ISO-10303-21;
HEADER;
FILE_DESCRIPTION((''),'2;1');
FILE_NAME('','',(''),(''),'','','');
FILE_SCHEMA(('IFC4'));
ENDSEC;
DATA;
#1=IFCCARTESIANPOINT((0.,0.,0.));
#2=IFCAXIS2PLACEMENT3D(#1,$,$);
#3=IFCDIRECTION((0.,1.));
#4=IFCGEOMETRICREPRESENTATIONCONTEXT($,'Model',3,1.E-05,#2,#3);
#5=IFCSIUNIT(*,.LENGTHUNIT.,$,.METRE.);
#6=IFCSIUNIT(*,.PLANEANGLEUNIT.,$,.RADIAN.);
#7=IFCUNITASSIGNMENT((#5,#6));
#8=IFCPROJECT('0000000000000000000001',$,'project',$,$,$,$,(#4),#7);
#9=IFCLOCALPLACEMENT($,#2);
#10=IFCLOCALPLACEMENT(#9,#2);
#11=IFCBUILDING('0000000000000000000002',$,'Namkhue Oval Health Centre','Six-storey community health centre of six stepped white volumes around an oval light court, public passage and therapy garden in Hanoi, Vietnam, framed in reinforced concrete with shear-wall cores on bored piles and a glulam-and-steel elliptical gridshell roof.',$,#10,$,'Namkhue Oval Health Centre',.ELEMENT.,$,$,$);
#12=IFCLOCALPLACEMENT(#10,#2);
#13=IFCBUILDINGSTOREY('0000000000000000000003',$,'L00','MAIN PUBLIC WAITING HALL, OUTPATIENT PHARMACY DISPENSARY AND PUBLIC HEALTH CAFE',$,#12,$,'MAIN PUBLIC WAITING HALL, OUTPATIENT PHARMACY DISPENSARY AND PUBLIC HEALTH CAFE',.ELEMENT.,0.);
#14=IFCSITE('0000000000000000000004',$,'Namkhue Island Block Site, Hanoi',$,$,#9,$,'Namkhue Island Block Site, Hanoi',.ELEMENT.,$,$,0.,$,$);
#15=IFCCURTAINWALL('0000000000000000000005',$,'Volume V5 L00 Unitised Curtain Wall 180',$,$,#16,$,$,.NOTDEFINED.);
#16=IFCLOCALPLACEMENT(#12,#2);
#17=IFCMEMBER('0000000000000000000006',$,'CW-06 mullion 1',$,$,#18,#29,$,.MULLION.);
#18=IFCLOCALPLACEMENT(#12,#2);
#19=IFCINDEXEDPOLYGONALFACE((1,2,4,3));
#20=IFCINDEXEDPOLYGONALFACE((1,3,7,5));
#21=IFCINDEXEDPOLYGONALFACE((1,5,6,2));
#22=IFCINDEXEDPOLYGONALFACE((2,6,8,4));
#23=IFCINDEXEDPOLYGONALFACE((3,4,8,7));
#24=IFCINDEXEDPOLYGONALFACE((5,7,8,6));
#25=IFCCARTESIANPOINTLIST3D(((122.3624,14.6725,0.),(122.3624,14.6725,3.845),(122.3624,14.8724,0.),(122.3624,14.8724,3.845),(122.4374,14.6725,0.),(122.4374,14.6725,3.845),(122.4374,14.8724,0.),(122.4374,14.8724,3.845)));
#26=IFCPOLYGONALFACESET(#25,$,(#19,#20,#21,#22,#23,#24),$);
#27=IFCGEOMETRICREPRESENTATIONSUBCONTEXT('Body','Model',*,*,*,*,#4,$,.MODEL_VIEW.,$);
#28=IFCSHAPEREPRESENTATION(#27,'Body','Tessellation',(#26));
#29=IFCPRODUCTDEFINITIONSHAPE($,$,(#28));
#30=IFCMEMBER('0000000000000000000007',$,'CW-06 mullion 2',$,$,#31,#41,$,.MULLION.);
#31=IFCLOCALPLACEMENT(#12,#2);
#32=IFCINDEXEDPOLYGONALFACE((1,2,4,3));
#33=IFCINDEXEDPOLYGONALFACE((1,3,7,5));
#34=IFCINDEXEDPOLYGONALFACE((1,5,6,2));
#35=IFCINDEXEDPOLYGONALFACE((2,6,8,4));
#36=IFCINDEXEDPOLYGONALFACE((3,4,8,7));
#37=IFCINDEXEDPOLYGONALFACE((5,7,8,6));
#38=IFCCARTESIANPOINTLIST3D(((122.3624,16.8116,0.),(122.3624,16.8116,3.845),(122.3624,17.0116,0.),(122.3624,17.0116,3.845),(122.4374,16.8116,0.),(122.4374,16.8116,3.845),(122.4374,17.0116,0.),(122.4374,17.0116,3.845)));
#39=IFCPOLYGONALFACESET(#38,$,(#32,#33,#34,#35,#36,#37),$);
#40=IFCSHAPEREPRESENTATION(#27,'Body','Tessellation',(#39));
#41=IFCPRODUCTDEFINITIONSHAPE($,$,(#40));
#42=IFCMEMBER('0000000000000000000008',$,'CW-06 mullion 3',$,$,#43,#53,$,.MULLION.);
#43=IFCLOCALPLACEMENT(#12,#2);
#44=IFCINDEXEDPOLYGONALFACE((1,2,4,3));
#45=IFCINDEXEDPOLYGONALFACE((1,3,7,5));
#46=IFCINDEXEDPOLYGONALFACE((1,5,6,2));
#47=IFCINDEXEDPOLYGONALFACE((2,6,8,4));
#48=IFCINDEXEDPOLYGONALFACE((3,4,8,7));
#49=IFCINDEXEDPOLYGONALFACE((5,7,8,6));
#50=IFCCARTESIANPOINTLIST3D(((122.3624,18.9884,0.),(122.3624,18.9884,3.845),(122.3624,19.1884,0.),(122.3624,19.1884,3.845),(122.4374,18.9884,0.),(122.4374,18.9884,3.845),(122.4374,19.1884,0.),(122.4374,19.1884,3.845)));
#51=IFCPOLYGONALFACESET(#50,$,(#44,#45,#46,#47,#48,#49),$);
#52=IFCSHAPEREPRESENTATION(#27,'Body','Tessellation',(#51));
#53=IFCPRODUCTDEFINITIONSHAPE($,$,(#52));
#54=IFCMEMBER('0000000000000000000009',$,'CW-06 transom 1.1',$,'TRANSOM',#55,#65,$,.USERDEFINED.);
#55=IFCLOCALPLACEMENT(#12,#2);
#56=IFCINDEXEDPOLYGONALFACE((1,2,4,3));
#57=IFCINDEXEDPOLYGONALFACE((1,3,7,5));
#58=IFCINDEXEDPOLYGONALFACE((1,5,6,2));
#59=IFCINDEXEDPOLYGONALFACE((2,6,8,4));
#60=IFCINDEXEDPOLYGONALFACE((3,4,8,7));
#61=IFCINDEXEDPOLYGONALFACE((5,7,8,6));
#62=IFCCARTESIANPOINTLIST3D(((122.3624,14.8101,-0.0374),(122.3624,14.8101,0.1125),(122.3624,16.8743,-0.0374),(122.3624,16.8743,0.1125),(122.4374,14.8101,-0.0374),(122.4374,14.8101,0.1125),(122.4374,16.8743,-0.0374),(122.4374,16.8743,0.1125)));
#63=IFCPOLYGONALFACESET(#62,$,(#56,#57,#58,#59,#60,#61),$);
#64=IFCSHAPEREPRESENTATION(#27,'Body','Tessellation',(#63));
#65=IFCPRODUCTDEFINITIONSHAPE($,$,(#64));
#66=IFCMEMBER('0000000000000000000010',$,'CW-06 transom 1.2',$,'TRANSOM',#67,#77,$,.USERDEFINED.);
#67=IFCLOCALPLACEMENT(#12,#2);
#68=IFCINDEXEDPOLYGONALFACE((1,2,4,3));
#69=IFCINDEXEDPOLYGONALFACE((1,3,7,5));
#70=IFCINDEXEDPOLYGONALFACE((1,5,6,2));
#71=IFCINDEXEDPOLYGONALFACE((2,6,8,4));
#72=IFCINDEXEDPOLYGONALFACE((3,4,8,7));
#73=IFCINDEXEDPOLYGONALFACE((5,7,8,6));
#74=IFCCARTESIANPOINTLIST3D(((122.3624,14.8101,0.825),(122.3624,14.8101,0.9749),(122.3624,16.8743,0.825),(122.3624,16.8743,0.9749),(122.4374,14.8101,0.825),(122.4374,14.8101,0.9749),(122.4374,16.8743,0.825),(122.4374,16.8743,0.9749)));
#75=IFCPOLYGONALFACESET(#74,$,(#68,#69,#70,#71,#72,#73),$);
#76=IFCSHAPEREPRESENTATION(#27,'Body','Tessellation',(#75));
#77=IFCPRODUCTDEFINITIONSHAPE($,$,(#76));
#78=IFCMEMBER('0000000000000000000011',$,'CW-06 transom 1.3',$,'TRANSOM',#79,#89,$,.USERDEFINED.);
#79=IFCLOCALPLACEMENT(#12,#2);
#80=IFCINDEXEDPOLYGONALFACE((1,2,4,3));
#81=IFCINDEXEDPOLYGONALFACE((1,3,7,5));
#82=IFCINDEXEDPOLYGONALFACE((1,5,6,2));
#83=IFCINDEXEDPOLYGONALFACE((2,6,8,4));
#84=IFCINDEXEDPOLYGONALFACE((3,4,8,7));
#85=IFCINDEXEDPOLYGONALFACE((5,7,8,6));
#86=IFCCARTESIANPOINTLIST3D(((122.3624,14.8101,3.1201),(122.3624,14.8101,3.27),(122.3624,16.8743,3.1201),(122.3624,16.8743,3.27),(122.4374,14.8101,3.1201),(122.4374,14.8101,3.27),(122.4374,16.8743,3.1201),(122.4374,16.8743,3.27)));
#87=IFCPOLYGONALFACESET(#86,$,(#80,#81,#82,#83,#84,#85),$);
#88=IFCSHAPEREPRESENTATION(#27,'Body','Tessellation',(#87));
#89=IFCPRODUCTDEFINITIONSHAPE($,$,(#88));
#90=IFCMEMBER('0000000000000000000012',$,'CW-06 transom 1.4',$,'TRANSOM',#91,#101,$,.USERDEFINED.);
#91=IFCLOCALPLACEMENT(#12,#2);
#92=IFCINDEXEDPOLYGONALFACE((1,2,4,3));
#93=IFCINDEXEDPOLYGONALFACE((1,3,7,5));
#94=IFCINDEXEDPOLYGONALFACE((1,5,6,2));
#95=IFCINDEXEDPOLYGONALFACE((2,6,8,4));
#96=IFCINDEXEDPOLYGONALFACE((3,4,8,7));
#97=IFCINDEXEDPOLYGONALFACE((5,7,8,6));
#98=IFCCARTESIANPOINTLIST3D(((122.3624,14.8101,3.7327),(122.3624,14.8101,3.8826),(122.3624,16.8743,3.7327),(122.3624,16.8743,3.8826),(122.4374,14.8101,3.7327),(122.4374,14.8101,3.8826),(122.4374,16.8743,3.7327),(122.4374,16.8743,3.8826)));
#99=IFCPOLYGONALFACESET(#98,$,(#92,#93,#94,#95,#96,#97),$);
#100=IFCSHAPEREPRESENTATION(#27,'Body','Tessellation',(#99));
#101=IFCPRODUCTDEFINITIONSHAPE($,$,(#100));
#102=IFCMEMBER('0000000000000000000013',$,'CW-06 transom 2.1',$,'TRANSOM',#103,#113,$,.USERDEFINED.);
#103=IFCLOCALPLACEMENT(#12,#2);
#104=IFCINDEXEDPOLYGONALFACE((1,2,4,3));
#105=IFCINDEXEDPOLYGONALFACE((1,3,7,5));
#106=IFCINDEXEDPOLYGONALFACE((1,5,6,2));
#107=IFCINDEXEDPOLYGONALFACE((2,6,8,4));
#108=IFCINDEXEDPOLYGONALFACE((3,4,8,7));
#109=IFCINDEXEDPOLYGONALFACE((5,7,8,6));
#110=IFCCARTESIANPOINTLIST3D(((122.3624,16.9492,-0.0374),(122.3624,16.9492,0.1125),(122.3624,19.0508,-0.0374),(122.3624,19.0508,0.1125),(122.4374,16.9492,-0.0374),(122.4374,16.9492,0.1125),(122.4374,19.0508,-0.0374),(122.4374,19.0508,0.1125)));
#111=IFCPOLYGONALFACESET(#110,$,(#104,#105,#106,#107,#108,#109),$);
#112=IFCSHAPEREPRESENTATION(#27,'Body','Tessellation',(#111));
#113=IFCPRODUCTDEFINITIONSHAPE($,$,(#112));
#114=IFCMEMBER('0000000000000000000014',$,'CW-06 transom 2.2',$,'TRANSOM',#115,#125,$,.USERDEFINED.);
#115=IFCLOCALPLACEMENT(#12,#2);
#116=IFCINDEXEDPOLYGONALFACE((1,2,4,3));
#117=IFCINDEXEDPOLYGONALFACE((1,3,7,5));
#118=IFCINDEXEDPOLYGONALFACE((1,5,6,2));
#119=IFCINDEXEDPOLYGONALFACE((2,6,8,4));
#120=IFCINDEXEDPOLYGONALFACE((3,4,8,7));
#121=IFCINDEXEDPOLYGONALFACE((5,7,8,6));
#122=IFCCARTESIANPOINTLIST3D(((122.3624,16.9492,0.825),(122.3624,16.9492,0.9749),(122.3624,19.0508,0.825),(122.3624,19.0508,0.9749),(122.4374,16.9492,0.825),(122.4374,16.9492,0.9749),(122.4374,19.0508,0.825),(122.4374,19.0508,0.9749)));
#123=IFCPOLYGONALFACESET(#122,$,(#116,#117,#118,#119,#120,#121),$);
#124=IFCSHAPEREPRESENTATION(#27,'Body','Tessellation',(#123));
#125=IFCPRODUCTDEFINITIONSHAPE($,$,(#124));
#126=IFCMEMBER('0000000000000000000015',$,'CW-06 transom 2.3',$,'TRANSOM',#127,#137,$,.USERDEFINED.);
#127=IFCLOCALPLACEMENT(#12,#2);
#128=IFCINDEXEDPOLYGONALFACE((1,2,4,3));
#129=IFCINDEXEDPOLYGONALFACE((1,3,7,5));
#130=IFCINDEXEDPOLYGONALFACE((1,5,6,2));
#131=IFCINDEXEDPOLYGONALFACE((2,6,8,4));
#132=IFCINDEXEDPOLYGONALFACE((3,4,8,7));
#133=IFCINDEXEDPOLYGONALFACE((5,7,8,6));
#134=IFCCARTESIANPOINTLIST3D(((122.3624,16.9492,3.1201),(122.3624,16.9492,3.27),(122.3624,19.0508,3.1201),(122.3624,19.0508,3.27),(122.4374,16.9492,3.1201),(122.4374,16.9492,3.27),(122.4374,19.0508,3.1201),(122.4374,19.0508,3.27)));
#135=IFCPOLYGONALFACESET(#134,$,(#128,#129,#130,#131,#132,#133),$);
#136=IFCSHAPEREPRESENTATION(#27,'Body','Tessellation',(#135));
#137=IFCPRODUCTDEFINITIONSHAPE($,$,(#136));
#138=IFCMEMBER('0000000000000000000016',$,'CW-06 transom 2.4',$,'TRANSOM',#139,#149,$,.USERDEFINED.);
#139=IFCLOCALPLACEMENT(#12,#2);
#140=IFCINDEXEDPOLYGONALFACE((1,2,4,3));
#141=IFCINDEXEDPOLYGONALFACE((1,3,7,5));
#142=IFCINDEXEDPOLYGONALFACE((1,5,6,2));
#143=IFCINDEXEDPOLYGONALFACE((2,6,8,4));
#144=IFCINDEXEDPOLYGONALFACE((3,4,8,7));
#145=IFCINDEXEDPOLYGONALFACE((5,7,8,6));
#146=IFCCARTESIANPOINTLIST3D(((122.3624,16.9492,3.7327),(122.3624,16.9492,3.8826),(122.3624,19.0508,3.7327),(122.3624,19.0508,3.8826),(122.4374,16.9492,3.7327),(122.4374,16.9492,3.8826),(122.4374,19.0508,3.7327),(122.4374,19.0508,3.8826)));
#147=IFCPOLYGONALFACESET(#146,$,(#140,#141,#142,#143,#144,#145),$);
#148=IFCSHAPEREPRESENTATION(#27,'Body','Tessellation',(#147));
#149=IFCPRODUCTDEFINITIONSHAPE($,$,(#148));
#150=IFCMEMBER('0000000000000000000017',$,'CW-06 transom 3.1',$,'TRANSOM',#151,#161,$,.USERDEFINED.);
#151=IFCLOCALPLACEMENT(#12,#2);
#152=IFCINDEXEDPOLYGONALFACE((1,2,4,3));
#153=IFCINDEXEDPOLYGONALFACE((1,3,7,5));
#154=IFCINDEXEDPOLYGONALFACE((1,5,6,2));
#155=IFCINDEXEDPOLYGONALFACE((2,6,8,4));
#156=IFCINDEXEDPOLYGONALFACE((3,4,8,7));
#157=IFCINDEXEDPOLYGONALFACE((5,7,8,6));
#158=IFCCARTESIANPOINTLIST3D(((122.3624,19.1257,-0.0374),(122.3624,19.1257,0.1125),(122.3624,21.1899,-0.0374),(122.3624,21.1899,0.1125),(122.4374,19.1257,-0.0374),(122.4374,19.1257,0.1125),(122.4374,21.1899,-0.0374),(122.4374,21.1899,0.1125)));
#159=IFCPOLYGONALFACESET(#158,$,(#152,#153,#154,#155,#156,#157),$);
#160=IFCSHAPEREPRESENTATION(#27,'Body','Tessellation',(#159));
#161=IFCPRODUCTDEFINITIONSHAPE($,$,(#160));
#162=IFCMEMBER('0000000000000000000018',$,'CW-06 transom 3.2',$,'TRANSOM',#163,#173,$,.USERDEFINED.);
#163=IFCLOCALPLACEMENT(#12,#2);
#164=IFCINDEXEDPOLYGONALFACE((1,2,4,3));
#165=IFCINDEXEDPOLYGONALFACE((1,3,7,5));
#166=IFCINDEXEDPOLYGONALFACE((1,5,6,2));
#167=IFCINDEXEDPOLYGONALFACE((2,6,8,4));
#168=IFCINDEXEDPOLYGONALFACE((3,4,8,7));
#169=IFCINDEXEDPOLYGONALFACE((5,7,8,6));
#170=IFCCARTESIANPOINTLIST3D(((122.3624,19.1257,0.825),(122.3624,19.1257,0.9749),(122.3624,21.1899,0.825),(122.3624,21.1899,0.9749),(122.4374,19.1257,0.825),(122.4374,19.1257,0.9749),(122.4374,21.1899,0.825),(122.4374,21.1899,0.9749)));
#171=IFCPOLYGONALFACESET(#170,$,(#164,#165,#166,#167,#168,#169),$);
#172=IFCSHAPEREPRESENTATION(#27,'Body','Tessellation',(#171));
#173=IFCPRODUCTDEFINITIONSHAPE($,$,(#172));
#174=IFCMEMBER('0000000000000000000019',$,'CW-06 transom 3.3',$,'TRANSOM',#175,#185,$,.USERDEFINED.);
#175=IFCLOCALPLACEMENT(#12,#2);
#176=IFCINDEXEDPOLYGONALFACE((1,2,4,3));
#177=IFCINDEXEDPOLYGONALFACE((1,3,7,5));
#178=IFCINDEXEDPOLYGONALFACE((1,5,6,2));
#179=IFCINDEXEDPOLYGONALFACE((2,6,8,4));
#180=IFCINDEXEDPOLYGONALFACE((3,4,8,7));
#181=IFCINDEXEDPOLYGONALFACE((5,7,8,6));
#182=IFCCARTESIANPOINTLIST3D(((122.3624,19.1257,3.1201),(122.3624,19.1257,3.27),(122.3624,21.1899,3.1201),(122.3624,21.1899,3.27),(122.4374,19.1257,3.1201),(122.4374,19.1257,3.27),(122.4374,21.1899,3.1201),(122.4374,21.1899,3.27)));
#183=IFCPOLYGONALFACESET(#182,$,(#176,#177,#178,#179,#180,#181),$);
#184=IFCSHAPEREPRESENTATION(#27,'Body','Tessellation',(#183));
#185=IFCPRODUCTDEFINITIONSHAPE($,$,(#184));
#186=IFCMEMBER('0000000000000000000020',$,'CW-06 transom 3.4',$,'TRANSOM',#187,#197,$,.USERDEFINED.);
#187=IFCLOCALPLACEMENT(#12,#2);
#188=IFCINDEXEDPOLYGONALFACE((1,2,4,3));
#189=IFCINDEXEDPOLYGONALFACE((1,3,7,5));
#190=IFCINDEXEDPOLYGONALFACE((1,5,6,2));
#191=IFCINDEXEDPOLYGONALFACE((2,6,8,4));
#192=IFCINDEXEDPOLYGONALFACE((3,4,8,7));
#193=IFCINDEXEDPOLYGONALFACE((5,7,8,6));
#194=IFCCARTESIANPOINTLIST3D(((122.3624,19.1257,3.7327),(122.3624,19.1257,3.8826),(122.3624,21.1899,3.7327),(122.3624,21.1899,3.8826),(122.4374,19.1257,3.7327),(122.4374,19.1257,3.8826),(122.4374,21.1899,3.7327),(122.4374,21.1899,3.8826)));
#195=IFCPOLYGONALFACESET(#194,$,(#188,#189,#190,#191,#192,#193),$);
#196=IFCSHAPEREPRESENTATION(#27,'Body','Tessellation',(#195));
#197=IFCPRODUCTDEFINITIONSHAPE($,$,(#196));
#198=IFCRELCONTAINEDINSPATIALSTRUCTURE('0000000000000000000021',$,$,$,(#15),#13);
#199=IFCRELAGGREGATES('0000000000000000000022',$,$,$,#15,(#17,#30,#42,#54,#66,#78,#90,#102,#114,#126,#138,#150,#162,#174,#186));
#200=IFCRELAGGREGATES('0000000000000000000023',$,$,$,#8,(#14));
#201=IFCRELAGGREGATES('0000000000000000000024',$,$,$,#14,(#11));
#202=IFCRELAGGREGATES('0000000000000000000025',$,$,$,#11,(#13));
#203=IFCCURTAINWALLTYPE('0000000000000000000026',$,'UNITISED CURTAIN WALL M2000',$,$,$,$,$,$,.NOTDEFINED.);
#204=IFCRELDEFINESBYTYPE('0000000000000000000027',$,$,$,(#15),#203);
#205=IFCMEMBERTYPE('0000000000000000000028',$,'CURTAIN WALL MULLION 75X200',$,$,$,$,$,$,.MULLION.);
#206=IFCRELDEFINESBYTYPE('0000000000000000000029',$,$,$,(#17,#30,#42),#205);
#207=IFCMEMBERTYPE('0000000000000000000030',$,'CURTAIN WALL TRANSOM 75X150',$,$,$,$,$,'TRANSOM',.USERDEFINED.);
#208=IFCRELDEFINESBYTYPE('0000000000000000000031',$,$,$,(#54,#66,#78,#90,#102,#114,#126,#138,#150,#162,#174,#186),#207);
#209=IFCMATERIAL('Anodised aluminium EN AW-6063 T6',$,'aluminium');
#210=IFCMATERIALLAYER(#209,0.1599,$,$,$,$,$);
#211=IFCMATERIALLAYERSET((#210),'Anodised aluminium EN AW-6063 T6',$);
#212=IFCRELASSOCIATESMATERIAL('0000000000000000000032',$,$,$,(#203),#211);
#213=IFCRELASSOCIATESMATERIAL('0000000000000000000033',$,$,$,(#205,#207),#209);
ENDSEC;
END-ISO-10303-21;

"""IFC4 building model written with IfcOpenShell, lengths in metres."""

from ifc_helpers import new_model, si_unit, direction, frame, origin, origin_2d, place, context, subcontext, project, spatial, rectangle, extrude, material, layer, layer_set, material_profile, profile_set, type_object, element, aggregate, save


model = new_model("IFC4")

# Units and contexts
model_context = context("Model", 3, precision=1e-05, world=origin(), true_north=direction((0.0, 1.0)))
body_context = subcontext(model_context, "Body", "Model", "MODEL_VIEW")
ifc_project = project(units=[si_unit("LENGTHUNIT", "METRE"), si_unit("PLANEANGLEUNIT", "RADIAN")], contexts=[model_context])

# Site, building, storey
site_placement = place(None, origin())
site = spatial("IfcSite", under=ifc_project, at=site_placement, Name="Namkhue Island Block Site, Hanoi", LongName="Namkhue Island Block Site, Hanoi", CompositionType="ELEMENT", RefElevation=0.0)
building_placement = place(site_placement, origin())
building = spatial("IfcBuilding", under=site, at=building_placement, Name="Namkhue Oval Health Centre", Description="Six-storey community health centre of six stepped white volumes around an oval light court, public passage and therapy garden in Hanoi, Vietnam, framed in reinforced concrete with shear-wall cores on bored piles and a glulam-and-steel elliptical gridshell roof.", LongName="Namkhue Oval Health Centre", CompositionType="ELEMENT")
storey_placement = place(building_placement, origin())
storey = spatial("IfcBuildingStorey", under=building, at=storey_placement, Name="L00", Description="MAIN PUBLIC WAITING HALL, OUTPATIENT PHARMACY DISPENSARY AND PUBLIC HEALTH CAFE", LongName="MAIN PUBLIC WAITING HALL, OUTPATIENT PHARMACY DISPENSARY AND PUBLIC HEALTH CAFE", CompositionType="ELEMENT", Elevation=0.0)

# Curtain wall, members
ifc_material_1 = material(Name="Anodised aluminium EN AW-6063 T6", Category="aluminium")
ifc_layer_1 = layer(ifc_material_1, 0.1599)
ifc_layer_set_1 = layer_set([ifc_layer_1], Name="Anodised aluminium EN AW-6063 T6")
curtain_wall_type = type_object("IfcCurtainWallType", Name="UNITISED CURTAIN WALL M2000", PredefinedType="NOTDEFINED", material=ifc_layer_set_1)
curtain_wall_placement = place(storey_placement, origin())
curtain_wall = element("IfcCurtainWall", 1, at=curtain_wall_placement, inside=storey, type_object=curtain_wall_type, Name="Volume V5 L00 Unitised Curtain Wall 180", PredefinedType="NOTDEFINED")
ifc_material_profile_1 = material_profile(ifc_material_1, rectangle(XDim=0.075, YDim=0.2, at=origin_2d()), Name="ALU 75x200")
ifc_profile_set_1 = profile_set([ifc_material_profile_1], Name="Anodised aluminium EN AW-6063 T6")
member_type_1 = type_object("IfcMemberType", Name="CURTAIN WALL MULLION 75X200", PredefinedType="MULLION", material=ifc_profile_set_1)
member_1_placement = place(storey_placement, frame((122.3999, 14.7725, 0.0), z_axis=(0.0, 0.0, 1.0), x_axis=(-1.0, 0.0, 0.0)))
member_1 = element("IfcMember", 2, at=member_1_placement, type_object=member_type_1, Name="CW-06 mullion 1", PredefinedType="MULLION", context=body_context, shape_type="SweptSolid", body=[
    extrude(rectangle(XDim=0.075, YDim=0.2, at=origin_2d()), origin(), (0.0, 0.0, 1.0), 3.845),
])
member_2_placement = place(storey_placement, frame((122.3999, 16.9116, 0.0), z_axis=(0.0, 0.0, 1.0), x_axis=(-1.0, 0.0, 0.0)))
member_2 = element("IfcMember", 3, at=member_2_placement, type_object=member_type_1, Name="CW-06 mullion 2", PredefinedType="MULLION", context=body_context, shape_type="SweptSolid", body=[
    extrude(rectangle(XDim=0.075, YDim=0.2, at=origin_2d()), origin(), (0.0, 0.0, 1.0), 3.845),
])
member_3_placement = place(storey_placement, frame((122.3999, 19.0884, 0.0), z_axis=(0.0, 0.0, 1.0), x_axis=(-1.0, 0.0, 0.0)))
member_3 = element("IfcMember", 4, at=member_3_placement, type_object=member_type_1, Name="CW-06 mullion 3", PredefinedType="MULLION", context=body_context, shape_type="SweptSolid", body=[
    extrude(rectangle(XDim=0.075, YDim=0.2, at=origin_2d()), origin(), (0.0, 0.0, 1.0), 3.845),
])
ifc_material_profile_2 = material_profile(ifc_material_1, rectangle(XDim=0.075, YDim=0.1499, at=origin_2d()), Name="ALU 75x150")
ifc_profile_set_2 = profile_set([ifc_material_profile_2], Name="Anodised aluminium EN AW-6063 T6")
member_type_2 = type_object("IfcMemberType", Name="CURTAIN WALL TRANSOM 75X150", ElementType="TRANSOM", PredefinedType="USERDEFINED", material=ifc_profile_set_2)
member_4_placement = place(storey_placement, frame((122.3999, 14.8101, 0.0376), z_axis=(0.0, 1.0, 0.0), x_axis=(-1.0, 0.0, 0.0)))
member_4 = element("IfcMember", 5, at=member_4_placement, type_object=member_type_2, Name="CW-06 transom 1.1", ObjectType="TRANSOM", PredefinedType="USERDEFINED", context=body_context, shape_type="SweptSolid", body=[
    extrude(rectangle(XDim=0.075, YDim=0.1499, at=origin_2d()), origin(), (0.0, 0.0, 1.0), 2.0642),
])
member_5_placement = place(storey_placement, frame((122.3999, 14.8101, 0.8999), z_axis=(0.0, 1.0, 0.0), x_axis=(-1.0, 0.0, 0.0)))
member_5 = element("IfcMember", 6, at=member_5_placement, type_object=member_type_2, Name="CW-06 transom 1.2", ObjectType="TRANSOM", PredefinedType="USERDEFINED", context=body_context, shape_type="SweptSolid", body=[
    extrude(rectangle(XDim=0.075, YDim=0.1499, at=origin_2d()), origin(), (0.0, 0.0, 1.0), 2.0642),
])
member_6_placement = place(storey_placement, frame((122.3999, 14.8101, 3.1951), z_axis=(0.0, 1.0, 0.0), x_axis=(-1.0, 0.0, 0.0)))
member_6 = element("IfcMember", 7, at=member_6_placement, type_object=member_type_2, Name="CW-06 transom 1.3", ObjectType="TRANSOM", PredefinedType="USERDEFINED", context=body_context, shape_type="SweptSolid", body=[
    extrude(rectangle(XDim=0.075, YDim=0.1499, at=origin_2d()), origin(), (0.0, 0.0, 1.0), 2.0642),
])
member_7_placement = place(storey_placement, frame((122.3999, 14.8101, 3.8076), z_axis=(0.0, 1.0, 0.0), x_axis=(-1.0, 0.0, 0.0)))
member_7 = element("IfcMember", 8, at=member_7_placement, type_object=member_type_2, Name="CW-06 transom 1.4", ObjectType="TRANSOM", PredefinedType="USERDEFINED", context=body_context, shape_type="SweptSolid", body=[
    extrude(rectangle(XDim=0.075, YDim=0.1499, at=origin_2d()), origin(), (0.0, 0.0, 1.0), 2.0642),
])
member_8_placement = place(storey_placement, frame((122.3999, 16.9492, 0.0376), z_axis=(0.0, 1.0, 0.0), x_axis=(-1.0, 0.0, 0.0)))
member_8 = element("IfcMember", 9, at=member_8_placement, type_object=member_type_2, Name="CW-06 transom 2.1", ObjectType="TRANSOM", PredefinedType="USERDEFINED", context=body_context, shape_type="SweptSolid", body=[
    extrude(rectangle(XDim=0.075, YDim=0.1499, at=origin_2d()), origin(), (0.0, 0.0, 1.0), 2.1016),
])
member_9_placement = place(storey_placement, frame((122.3999, 16.9492, 0.8999), z_axis=(0.0, 1.0, 0.0), x_axis=(-1.0, 0.0, 0.0)))
member_9 = element("IfcMember", 10, at=member_9_placement, type_object=member_type_2, Name="CW-06 transom 2.2", ObjectType="TRANSOM", PredefinedType="USERDEFINED", context=body_context, shape_type="SweptSolid", body=[
    extrude(rectangle(XDim=0.075, YDim=0.1499, at=origin_2d()), origin(), (0.0, 0.0, 1.0), 2.1016),
])
member_10_placement = place(storey_placement, frame((122.3999, 16.9492, 3.1951), z_axis=(0.0, 1.0, 0.0), x_axis=(-1.0, 0.0, 0.0)))
member_10 = element("IfcMember", 11, at=member_10_placement, type_object=member_type_2, Name="CW-06 transom 2.3", ObjectType="TRANSOM", PredefinedType="USERDEFINED", context=body_context, shape_type="SweptSolid", body=[
    extrude(rectangle(XDim=0.075, YDim=0.1499, at=origin_2d()), origin(), (0.0, 0.0, 1.0), 2.1016),
])
member_11_placement = place(storey_placement, frame((122.3999, 16.9492, 3.8076), z_axis=(0.0, 1.0, 0.0), x_axis=(-1.0, 0.0, 0.0)))
member_11 = element("IfcMember", 12, at=member_11_placement, type_object=member_type_2, Name="CW-06 transom 2.4", ObjectType="TRANSOM", PredefinedType="USERDEFINED", context=body_context, shape_type="SweptSolid", body=[
    extrude(rectangle(XDim=0.075, YDim=0.1499, at=origin_2d()), origin(), (0.0, 0.0, 1.0), 2.1016),
])
member_12_placement = place(storey_placement, frame((122.3999, 19.1257, 0.0376), z_axis=(0.0, 1.0, 0.0), x_axis=(-1.0, 0.0, 0.0)))
member_12 = element("IfcMember", 13, at=member_12_placement, type_object=member_type_2, Name="CW-06 transom 3.1", ObjectType="TRANSOM", PredefinedType="USERDEFINED", context=body_context, shape_type="SweptSolid", body=[
    extrude(rectangle(XDim=0.075, YDim=0.1499, at=origin_2d()), origin(), (0.0, 0.0, 1.0), 2.0642),
])
member_13_placement = place(storey_placement, frame((122.3999, 19.1257, 0.8999), z_axis=(0.0, 1.0, 0.0), x_axis=(-1.0, 0.0, 0.0)))
member_13 = element("IfcMember", 14, at=member_13_placement, type_object=member_type_2, Name="CW-06 transom 3.2", ObjectType="TRANSOM", PredefinedType="USERDEFINED", context=body_context, shape_type="SweptSolid", body=[
    extrude(rectangle(XDim=0.075, YDim=0.1499, at=origin_2d()), origin(), (0.0, 0.0, 1.0), 2.0642),
])
member_14_placement = place(storey_placement, frame((122.3999, 19.1257, 3.1951), z_axis=(0.0, 1.0, 0.0), x_axis=(-1.0, 0.0, 0.0)))
member_14 = element("IfcMember", 15, at=member_14_placement, type_object=member_type_2, Name="CW-06 transom 3.3", ObjectType="TRANSOM", PredefinedType="USERDEFINED", context=body_context, shape_type="SweptSolid", body=[
    extrude(rectangle(XDim=0.075, YDim=0.1499, at=origin_2d()), origin(), (0.0, 0.0, 1.0), 2.0642),
])
member_15_placement = place(storey_placement, frame((122.3999, 19.1257, 3.8076), z_axis=(0.0, 1.0, 0.0), x_axis=(-1.0, 0.0, 0.0)))
member_15 = element("IfcMember", 16, at=member_15_placement, type_object=member_type_2, Name="CW-06 transom 3.4", ObjectType="TRANSOM", PredefinedType="USERDEFINED", context=body_context, shape_type="SweptSolid", body=[
    extrude(rectangle(XDim=0.075, YDim=0.1499, at=origin_2d()), origin(), (0.0, 0.0, 1.0), 2.0642),
])

aggregate(curtain_wall, [member_1, member_2, member_3, member_4, member_5, member_6, member_7, member_8, member_9, member_10, member_11, member_12, member_13, member_14, member_15])

save(model, "model.ifc")
